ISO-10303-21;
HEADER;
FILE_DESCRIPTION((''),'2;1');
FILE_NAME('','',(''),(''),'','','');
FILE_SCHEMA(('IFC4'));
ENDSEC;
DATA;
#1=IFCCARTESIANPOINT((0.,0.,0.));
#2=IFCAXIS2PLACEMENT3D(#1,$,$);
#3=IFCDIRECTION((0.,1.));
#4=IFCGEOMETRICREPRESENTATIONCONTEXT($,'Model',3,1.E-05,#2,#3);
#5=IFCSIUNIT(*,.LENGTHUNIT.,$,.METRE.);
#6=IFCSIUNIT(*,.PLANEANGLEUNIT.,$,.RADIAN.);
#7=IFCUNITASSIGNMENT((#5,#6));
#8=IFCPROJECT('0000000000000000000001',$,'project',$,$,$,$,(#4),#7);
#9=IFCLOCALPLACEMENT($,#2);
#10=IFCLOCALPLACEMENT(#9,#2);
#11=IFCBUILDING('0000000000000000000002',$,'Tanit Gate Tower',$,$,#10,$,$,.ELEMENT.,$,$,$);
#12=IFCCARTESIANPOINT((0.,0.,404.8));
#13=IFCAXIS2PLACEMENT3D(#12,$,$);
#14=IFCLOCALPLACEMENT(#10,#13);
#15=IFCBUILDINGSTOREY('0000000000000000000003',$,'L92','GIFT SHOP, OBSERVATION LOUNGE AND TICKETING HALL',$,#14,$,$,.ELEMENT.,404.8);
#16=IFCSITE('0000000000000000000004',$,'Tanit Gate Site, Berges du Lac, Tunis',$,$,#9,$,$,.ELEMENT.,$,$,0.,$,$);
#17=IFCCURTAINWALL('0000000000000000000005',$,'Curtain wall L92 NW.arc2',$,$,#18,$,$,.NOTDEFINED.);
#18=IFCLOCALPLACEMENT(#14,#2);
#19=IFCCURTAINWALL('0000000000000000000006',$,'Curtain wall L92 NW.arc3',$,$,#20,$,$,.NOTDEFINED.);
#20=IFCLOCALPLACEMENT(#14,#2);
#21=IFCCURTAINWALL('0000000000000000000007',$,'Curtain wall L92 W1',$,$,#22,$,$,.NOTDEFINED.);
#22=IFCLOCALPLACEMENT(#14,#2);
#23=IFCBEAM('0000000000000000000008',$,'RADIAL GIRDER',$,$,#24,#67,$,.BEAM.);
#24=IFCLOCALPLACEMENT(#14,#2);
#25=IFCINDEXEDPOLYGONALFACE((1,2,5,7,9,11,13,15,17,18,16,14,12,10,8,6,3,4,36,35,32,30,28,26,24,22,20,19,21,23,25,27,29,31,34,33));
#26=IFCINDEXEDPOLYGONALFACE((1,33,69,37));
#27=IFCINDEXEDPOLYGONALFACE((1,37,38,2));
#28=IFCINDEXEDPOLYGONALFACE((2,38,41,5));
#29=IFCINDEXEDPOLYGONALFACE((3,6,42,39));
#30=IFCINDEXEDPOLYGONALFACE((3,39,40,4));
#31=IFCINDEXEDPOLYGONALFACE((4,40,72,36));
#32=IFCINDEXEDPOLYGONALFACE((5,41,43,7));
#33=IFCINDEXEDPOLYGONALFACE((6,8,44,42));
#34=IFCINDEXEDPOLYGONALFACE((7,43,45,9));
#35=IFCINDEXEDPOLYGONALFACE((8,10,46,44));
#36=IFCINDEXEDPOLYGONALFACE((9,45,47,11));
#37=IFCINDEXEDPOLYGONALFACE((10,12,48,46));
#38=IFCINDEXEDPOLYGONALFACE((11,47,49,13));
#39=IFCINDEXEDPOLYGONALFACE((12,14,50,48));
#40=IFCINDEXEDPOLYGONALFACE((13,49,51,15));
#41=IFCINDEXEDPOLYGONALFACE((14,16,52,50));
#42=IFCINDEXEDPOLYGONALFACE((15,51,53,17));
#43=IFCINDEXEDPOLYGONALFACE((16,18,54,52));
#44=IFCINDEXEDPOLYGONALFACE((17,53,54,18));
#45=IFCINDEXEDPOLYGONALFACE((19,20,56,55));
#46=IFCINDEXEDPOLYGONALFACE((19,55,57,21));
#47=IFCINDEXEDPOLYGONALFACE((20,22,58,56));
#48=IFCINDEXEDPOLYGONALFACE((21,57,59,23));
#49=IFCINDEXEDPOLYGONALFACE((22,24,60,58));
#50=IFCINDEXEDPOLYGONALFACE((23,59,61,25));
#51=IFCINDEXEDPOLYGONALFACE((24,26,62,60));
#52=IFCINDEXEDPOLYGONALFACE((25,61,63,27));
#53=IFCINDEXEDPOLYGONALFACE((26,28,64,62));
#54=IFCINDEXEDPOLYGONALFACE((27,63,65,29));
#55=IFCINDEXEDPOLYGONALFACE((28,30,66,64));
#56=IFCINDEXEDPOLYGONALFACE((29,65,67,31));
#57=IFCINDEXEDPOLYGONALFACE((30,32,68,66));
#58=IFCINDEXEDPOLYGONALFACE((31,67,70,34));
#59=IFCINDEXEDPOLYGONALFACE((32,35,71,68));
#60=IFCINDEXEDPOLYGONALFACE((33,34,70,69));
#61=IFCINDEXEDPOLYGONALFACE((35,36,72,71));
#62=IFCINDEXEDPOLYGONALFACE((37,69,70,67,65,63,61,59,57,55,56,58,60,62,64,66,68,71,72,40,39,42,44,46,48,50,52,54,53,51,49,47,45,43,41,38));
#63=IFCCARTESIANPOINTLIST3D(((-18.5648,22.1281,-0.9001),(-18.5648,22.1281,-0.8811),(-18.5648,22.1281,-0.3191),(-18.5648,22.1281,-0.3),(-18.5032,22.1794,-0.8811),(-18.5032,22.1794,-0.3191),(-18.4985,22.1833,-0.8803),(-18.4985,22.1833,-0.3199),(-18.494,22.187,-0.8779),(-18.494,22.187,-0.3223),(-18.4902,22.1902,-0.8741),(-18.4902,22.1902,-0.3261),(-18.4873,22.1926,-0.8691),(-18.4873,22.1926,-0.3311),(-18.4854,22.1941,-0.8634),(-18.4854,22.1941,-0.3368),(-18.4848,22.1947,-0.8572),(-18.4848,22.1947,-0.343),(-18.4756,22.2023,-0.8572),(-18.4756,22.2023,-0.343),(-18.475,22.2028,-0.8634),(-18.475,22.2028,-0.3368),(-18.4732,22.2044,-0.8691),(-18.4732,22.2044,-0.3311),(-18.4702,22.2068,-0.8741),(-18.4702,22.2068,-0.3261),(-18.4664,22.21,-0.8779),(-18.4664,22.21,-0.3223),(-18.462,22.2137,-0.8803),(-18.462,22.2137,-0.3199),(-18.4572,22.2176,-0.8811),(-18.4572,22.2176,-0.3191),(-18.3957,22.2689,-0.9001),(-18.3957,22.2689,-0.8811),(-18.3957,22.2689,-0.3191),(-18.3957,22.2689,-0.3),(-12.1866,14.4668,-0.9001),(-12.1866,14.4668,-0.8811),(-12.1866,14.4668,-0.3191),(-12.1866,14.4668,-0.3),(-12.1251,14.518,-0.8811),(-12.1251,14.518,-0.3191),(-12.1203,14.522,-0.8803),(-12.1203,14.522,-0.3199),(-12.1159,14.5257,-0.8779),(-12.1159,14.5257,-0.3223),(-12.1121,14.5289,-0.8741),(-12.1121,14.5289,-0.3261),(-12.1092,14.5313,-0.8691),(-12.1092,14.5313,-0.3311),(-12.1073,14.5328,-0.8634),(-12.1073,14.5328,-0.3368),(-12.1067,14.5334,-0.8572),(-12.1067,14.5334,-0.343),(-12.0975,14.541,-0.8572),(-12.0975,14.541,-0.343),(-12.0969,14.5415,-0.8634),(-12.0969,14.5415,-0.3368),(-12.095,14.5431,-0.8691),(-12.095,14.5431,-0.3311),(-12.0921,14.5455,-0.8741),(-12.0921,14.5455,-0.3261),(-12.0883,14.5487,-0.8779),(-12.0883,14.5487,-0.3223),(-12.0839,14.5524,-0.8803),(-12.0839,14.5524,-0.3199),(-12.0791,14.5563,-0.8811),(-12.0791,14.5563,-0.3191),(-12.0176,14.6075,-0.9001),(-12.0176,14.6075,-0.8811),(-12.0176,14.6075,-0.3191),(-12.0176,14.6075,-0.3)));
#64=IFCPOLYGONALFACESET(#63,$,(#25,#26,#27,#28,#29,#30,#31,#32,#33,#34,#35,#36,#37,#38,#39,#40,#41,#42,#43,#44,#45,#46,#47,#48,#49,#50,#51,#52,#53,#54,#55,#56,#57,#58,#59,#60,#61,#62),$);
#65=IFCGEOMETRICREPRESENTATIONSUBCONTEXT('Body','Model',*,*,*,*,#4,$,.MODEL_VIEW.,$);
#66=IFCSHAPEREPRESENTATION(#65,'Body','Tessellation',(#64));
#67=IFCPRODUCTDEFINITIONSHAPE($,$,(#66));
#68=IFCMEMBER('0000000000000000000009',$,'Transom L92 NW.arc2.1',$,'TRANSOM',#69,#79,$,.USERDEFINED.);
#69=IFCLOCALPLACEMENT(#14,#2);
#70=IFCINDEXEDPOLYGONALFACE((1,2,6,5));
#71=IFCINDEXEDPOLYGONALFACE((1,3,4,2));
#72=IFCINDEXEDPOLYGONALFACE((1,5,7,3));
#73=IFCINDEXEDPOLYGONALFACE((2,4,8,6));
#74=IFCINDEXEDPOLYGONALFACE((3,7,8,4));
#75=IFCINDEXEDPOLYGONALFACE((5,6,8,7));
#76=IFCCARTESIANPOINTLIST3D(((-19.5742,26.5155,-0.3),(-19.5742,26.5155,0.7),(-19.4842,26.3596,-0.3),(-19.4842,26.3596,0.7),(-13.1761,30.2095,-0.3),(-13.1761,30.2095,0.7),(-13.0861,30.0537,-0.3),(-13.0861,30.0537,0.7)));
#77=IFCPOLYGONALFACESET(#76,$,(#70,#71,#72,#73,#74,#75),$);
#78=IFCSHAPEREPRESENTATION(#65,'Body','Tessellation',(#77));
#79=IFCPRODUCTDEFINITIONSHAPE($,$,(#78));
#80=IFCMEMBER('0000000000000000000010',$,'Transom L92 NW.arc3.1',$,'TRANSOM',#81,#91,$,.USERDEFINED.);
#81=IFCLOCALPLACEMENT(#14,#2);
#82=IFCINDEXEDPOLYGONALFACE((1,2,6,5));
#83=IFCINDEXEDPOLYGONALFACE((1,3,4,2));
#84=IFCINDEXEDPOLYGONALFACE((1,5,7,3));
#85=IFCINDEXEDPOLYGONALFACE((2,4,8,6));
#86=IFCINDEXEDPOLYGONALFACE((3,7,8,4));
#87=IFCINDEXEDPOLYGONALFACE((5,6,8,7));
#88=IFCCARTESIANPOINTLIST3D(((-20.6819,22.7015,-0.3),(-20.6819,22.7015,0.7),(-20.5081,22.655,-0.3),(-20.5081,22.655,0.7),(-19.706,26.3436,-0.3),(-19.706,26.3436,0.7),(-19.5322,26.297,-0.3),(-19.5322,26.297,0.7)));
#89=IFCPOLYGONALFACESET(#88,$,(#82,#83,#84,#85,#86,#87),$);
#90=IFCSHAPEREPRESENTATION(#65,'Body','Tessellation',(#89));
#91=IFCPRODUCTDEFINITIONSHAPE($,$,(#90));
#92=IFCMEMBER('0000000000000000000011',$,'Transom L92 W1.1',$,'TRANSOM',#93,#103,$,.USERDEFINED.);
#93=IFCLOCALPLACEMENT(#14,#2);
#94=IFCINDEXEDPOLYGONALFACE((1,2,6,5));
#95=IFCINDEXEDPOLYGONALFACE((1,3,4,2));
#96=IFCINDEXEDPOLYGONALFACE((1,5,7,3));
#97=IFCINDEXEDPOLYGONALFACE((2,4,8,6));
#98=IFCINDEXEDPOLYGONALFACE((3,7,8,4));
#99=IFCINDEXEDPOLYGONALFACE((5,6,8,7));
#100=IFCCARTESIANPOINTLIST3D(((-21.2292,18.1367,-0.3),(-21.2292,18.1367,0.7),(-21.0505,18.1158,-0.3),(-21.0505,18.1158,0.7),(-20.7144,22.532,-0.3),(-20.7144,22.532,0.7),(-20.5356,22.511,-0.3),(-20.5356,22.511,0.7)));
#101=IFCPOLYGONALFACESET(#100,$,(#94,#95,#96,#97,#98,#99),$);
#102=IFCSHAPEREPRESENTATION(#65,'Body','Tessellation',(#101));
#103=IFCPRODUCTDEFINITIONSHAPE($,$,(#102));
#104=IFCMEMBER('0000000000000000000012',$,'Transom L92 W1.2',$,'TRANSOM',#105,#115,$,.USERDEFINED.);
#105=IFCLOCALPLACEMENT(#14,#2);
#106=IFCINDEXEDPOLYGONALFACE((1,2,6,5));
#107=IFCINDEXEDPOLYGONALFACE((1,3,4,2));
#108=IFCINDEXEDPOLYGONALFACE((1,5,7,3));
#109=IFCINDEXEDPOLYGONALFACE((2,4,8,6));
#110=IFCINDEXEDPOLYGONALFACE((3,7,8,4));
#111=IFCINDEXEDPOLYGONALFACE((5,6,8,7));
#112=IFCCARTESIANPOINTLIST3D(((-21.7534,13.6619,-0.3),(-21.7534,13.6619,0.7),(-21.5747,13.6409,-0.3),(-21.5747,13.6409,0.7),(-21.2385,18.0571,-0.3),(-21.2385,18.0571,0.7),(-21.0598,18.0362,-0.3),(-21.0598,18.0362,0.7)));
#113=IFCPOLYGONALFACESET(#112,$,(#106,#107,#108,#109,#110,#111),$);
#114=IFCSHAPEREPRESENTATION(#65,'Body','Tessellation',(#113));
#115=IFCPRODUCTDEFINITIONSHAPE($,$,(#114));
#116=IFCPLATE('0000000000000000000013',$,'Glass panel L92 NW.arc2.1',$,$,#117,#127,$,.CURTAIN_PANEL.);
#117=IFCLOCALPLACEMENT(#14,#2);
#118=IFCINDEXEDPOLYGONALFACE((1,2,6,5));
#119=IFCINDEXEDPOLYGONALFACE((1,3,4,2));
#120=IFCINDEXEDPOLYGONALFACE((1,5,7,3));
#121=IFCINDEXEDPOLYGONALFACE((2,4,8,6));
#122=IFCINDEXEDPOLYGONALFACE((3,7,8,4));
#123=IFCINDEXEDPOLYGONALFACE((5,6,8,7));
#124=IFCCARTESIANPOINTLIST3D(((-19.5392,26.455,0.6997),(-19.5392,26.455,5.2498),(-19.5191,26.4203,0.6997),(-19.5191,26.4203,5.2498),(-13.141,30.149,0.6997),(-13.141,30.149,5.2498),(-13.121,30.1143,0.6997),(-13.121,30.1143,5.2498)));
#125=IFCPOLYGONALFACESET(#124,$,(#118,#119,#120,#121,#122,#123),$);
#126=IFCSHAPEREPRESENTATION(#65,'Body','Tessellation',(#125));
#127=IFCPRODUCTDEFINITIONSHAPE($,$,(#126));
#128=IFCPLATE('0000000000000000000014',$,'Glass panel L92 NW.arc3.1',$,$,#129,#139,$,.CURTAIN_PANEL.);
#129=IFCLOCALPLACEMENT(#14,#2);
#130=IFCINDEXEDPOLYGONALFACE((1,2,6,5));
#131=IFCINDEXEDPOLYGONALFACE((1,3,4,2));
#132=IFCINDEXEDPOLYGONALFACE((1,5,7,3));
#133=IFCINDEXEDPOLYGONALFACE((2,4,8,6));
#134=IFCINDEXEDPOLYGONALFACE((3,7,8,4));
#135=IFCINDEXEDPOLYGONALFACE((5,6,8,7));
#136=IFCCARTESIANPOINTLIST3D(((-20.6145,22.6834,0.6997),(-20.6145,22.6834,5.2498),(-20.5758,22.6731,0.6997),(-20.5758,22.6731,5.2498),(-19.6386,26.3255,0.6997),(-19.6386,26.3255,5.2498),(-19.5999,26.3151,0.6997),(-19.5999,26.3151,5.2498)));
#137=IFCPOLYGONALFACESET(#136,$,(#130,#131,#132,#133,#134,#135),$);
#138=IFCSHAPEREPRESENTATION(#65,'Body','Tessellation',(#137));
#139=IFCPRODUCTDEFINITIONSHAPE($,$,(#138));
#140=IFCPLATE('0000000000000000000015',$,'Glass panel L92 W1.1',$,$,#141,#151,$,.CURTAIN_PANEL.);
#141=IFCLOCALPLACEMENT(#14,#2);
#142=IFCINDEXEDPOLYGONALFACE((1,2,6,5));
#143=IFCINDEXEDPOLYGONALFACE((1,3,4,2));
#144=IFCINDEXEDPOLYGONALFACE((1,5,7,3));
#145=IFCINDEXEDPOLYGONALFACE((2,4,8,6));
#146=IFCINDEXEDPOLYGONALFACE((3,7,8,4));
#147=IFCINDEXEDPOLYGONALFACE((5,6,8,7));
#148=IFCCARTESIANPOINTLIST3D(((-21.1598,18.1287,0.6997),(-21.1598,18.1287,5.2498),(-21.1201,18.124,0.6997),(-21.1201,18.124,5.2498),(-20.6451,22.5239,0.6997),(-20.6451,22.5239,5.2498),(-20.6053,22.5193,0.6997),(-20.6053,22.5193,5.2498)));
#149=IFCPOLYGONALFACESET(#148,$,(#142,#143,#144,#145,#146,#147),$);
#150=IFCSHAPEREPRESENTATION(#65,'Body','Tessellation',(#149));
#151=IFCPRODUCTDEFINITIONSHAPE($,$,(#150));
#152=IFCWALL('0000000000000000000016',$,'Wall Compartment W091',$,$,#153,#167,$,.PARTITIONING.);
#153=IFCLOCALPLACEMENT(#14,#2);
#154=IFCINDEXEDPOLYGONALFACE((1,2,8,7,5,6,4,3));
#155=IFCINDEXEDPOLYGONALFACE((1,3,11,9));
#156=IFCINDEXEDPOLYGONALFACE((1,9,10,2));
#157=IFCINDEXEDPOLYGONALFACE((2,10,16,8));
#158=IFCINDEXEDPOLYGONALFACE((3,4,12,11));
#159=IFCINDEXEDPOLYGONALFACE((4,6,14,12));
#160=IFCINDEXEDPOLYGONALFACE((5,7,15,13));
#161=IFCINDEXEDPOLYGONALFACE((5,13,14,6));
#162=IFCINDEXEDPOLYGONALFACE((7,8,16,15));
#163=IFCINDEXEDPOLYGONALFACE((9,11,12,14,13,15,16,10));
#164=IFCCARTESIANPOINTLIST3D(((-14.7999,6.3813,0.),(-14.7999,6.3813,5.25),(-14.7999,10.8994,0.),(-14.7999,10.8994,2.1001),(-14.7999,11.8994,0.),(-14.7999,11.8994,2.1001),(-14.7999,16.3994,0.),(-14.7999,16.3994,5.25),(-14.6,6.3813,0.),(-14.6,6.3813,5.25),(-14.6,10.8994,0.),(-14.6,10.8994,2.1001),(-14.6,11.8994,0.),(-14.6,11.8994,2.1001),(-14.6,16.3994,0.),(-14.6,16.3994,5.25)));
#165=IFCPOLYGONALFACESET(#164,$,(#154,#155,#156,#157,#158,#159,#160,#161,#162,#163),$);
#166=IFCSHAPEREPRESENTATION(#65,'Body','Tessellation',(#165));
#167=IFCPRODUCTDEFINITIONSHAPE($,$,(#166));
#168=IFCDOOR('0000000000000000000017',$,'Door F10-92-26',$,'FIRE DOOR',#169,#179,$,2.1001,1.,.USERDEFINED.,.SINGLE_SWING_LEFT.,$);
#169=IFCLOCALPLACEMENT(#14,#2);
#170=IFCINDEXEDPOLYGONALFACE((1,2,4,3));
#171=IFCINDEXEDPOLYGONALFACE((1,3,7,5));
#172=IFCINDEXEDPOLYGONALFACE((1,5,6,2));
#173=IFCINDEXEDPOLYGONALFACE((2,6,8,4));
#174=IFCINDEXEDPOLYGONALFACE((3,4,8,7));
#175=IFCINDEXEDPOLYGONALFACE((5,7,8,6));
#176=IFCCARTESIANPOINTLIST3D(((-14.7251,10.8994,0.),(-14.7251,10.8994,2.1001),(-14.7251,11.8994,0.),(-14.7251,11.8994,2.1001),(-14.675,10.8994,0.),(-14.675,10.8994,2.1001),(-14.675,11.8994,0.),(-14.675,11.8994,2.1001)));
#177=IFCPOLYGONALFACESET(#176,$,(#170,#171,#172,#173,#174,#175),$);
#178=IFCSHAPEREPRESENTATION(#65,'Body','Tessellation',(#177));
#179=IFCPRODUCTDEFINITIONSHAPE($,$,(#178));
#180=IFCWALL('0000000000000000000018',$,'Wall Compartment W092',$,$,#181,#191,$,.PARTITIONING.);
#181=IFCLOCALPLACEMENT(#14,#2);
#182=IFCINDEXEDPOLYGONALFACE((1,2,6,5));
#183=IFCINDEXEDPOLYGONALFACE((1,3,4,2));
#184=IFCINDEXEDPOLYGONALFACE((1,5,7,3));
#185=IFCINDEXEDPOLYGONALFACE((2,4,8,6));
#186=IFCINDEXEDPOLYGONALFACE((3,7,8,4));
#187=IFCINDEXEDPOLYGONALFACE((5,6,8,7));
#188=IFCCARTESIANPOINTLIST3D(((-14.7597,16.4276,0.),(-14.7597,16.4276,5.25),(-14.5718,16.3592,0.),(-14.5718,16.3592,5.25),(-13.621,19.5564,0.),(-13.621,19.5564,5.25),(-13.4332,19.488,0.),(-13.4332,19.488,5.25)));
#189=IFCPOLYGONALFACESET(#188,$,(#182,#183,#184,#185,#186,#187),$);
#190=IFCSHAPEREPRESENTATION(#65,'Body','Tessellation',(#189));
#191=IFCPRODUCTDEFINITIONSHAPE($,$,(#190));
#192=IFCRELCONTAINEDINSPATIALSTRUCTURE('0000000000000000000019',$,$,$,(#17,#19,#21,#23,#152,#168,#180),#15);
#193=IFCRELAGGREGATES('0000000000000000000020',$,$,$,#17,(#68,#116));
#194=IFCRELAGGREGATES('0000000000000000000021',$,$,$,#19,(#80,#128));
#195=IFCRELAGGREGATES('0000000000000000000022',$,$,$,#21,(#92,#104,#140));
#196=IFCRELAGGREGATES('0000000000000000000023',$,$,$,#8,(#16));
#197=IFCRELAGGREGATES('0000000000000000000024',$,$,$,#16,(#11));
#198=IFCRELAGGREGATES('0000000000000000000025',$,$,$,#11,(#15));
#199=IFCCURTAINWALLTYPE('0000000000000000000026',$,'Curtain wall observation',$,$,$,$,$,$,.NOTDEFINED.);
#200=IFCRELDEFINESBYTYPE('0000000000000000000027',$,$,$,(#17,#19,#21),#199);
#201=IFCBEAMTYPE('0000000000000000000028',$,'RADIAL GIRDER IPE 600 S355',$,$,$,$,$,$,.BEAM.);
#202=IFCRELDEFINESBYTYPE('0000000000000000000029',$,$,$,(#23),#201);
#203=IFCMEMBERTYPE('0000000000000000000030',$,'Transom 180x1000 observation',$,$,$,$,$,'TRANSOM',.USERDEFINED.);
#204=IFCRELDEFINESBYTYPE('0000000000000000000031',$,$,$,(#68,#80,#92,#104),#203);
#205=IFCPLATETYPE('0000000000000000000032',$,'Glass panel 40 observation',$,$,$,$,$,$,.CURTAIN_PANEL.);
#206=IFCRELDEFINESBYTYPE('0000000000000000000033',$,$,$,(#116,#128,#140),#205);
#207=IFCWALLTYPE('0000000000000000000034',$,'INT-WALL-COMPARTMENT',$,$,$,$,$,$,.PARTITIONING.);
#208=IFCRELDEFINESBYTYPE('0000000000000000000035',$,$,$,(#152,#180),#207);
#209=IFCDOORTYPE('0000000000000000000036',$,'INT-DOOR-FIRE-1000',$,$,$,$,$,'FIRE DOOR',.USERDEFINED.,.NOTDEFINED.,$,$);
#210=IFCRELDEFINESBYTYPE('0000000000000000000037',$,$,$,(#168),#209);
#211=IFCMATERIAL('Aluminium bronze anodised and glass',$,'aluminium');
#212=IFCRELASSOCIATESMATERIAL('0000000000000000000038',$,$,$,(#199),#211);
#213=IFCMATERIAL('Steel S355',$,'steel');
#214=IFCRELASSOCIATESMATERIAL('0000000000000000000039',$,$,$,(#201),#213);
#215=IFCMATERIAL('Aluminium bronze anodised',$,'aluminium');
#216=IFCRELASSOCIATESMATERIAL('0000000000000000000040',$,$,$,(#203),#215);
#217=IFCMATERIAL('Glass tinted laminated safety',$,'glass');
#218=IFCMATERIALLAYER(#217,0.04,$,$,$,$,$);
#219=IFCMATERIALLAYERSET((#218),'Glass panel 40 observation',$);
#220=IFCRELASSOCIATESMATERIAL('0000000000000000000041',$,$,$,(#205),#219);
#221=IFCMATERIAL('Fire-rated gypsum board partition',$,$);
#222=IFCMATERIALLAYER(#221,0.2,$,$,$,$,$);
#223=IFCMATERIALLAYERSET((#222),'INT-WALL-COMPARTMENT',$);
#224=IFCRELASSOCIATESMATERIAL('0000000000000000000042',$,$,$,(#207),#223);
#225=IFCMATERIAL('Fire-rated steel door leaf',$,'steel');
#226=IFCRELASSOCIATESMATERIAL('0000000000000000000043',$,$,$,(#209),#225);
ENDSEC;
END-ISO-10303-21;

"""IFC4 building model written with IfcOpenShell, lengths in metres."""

from ifc_helpers import new_model, si_unit, direction, frame, frame_2d, origin, origin_2d, place, context, subcontext, project, spatial, rectangle, i_section, extrude, material, layer, layer_set, material_profile, profile_set, type_object, element, fill, aggregate, save


model = new_model("IFC4")

# Units and contexts
model_context = context("Model", 3, precision=1e-05, world=origin(), true_north=direction((0.0, 1.0)))
body_context = subcontext(model_context, "Body", "Model", "MODEL_VIEW")
ifc_project = project(units=[si_unit("LENGTHUNIT", "METRE"), si_unit("PLANEANGLEUNIT", "RADIAN")], contexts=[model_context])

# Site, building, storey
site_placement = place(None, origin())
site = spatial("IfcSite", under=ifc_project, at=site_placement, Name="Tanit Gate Site, Berges du Lac, Tunis", CompositionType="ELEMENT", RefElevation=0.0)
building_placement = place(site_placement, origin())
building = spatial("IfcBuilding", under=site, at=building_placement, Name="Tanit Gate Tower", CompositionType="ELEMENT")
storey_placement = place(building_placement, frame((0.0, 0.0, 404.8)))
storey = spatial("IfcBuildingStorey", under=building, at=storey_placement, Name="L92", Description="GIFT SHOP, OBSERVATION LOUNGE AND TICKETING HALL", CompositionType="ELEMENT", Elevation=404.8)

# Curtain wall
ifc_material_1 = material(Name="Aluminium bronze anodised and glass", Category="aluminium")
curtain_wall_type = type_object("IfcCurtainWallType", Name="Curtain wall observation", PredefinedType="NOTDEFINED", material=ifc_material_1)
curtain_wall_1_placement = place(storey_placement, origin())
curtain_wall_1 = element("IfcCurtainWall", 1, at=curtain_wall_1_placement, inside=storey, type_object=curtain_wall_type, Name="Curtain wall L92 NW.arc2", PredefinedType="NOTDEFINED")

# Curtain walls
curtain_wall_2_placement = place(storey_placement, origin())
curtain_wall_2 = element("IfcCurtainWall", 2, at=curtain_wall_2_placement, inside=storey, type_object=curtain_wall_type, Name="Curtain wall L92 NW.arc3", PredefinedType="NOTDEFINED")
curtain_wall_3_placement = place(storey_placement, origin())
curtain_wall_3 = element("IfcCurtainWall", 3, at=curtain_wall_3_placement, inside=storey, type_object=curtain_wall_type, Name="Curtain wall L92 W1", PredefinedType="NOTDEFINED")

# Beam
ifc_material_2 = material(Name="Steel S355", Category="steel")
ifc_material_profile_1 = material_profile(ifc_material_2, i_section(OverallWidth=0.22, OverallDepth=0.6001, WebThickness=0.012, FlangeThickness=0.019, FilletRadius=0.0239, at=origin_2d()), Name="IPE 600")
ifc_profile_set_1 = profile_set([ifc_material_profile_1], Name="Steel S355")
beam_type = type_object("IfcBeamType", Name="RADIAL GIRDER IPE 600 S355", PredefinedType="BEAM", material=ifc_profile_set_1)
beam_1_placement = place(storey_placement, frame((-18.4802, 22.1985, -0.6001), z_axis=(0.639811, -0.768532, 0.0), x_axis=(0.768532, 0.639811, 0.0)))
element("IfcBeam", 4, at=beam_1_placement, inside=storey, type_object=beam_type, Name="RADIAL GIRDER", PredefinedType="BEAM", context=body_context, shape_type="SweptSolid", body=[
    extrude(i_section(OverallWidth=0.22, OverallDepth=0.6001, WebThickness=0.012, FlangeThickness=0.019, FilletRadius=0.0239, at=origin_2d()), origin(), (0.0, 0.0, 1.0), 9.9688),
])

# Members
ifc_material_3 = material(Name="Aluminium bronze anodised", Category="aluminium")
ifc_material_profile_2 = material_profile(ifc_material_3, rectangle(XDim=0.1799, YDim=1.0, at=origin_2d()), Name="180x1000 bronze transom")
ifc_profile_set_2 = profile_set([ifc_material_profile_2], Name="Aluminium bronze anodised")
member_type_1 = type_object("IfcMemberType", Name="Transom 180x1000 observation", ElementType="TRANSOM", PredefinedType="USERDEFINED", material=ifc_profile_set_2)
member_1_placement = place(storey_placement, frame((-13.1311, 30.1316, 0.2), z_axis=(-0.86602, -0.500009, 0.0), x_axis=(0.500009, -0.86602, 0.0)))
member_1 = element("IfcMember", 5, at=member_1_placement, type_object=member_type_1, Name="Transom L92 NW.arc2.1", ObjectType="TRANSOM", PredefinedType="USERDEFINED", context=body_context, shape_type="SweptSolid", body=[
    extrude(rectangle(XDim=0.1799, YDim=1.0, at=origin_2d()), origin(), (0.0, 0.0, 1.0), 7.3879),
])
member_2_placement = place(storey_placement, frame((-19.6191, 26.3203, 0.2), z_axis=(-0.258803, -0.96593, 0.0), x_axis=(0.96593, -0.258803, 0.0)))
member_2 = element("IfcMember", 6, at=member_2_placement, type_object=member_type_1, Name="Transom L92 NW.arc3.1", ObjectType="TRANSOM", PredefinedType="USERDEFINED", context=body_context, shape_type="SweptSolid", body=[
    extrude(rectangle(XDim=0.1799, YDim=1.0, at=origin_2d()), origin(), (0.0, 0.0, 1.0), 3.7705),
])
member_3_placement = place(storey_placement, frame((-20.625, 22.5215, 0.2), z_axis=(-0.116351, -0.993208, 0.0), x_axis=(0.993208, -0.116351, 0.0)))
member_3 = element("IfcMember", 7, at=member_3_placement, type_object=member_type_1, Name="Transom L92 W1.1", ObjectType="TRANSOM", PredefinedType="USERDEFINED", context=body_context, shape_type="SweptSolid", body=[
    extrude(rectangle(XDim=0.1799, YDim=1.0, at=origin_2d()), origin(), (0.0, 0.0, 1.0), 4.4253),
])
member_4_placement = place(storey_placement, frame((-21.1492, 18.0466, 0.2), z_axis=(-0.116351, -0.993208, 0.0), x_axis=(0.993208, -0.116351, 0.0)))
member_4 = element("IfcMember", 8, at=member_4_placement, type_object=member_type_1, Name="Transom L92 W1.2", ObjectType="TRANSOM", PredefinedType="USERDEFINED", context=body_context, shape_type="SweptSolid", body=[
    extrude(rectangle(XDim=0.1799, YDim=1.0, at=origin_2d()), origin(), (0.0, 0.0, 1.0), 4.4253),
])

# Plates
ifc_material_4 = material(Name="Glass tinted laminated safety", Category="glass")
ifc_layer_1 = layer(ifc_material_4, 0.04)
ifc_layer_set_1 = layer_set([ifc_layer_1], Name="Glass panel 40 observation")
plate_type = type_object("IfcPlateType", Name="Glass panel 40 observation", PredefinedType="CURTAIN_PANEL", material=ifc_layer_set_1)
plate_1_placement = place(storey_placement, frame((-16.3301, 28.2847, 0.6997), z_axis=(0.0, 0.0, 1.0), x_axis=(-0.866025, -0.5, 0.0)))
plate_1 = element("IfcPlate", 9, at=plate_1_placement, type_object=plate_type, Name="Glass panel L92 NW.arc2.1", PredefinedType="CURTAIN_PANEL", context=body_context, shape_type="SweptSolid", body=[
    extrude(rectangle(XDim=7.3879, YDim=0.04, at=origin_2d()), origin(), (0.0, 0.0, 1.0), 4.55),
])
aggregate(curtain_wall_1, [member_1, plate_1])
plate_2_placement = place(storey_placement, frame((-20.1072, 24.4993, 0.6997), z_axis=(0.0, 0.0, 1.0), x_axis=(-0.258819, -0.965926, 0.0)))
plate_2 = element("IfcPlate", 10, at=plate_2_placement, type_object=plate_type, Name="Glass panel L92 NW.arc3.1", PredefinedType="CURTAIN_PANEL", context=body_context, shape_type="SweptSolid", body=[
    extrude(rectangle(XDim=3.7705, YDim=0.04, at=origin_2d()), origin(), (0.0, 0.0, 1.0), 4.55),
])
aggregate(curtain_wall_2, [member_2, plate_2])
plate_3_placement = place(storey_placement, frame((-20.8826, 20.324, 0.6997), z_axis=(0.0, 0.0, 1.0), x_axis=(-0.116318, -0.993212, 0.0)))
plate_3 = element("IfcPlate", 11, at=plate_3_placement, type_object=plate_type, Name="Glass panel L92 W1.1", PredefinedType="CURTAIN_PANEL", context=body_context, shape_type="SweptSolid", body=[
    extrude(rectangle(XDim=4.4253, YDim=0.04, at=origin_2d()), origin(), (0.0, 0.0, 1.0), 4.55),
])
aggregate(curtain_wall_3, [member_3, member_4, plate_3])

# Wall, opening, door
ifc_material_5 = material(Name="Fire-rated gypsum board partition")
ifc_layer_2 = layer(ifc_material_5, 0.2)
ifc_layer_set_2 = layer_set([ifc_layer_2], Name="INT-WALL-COMPARTMENT")
wall_type = type_object("IfcWallType", Name="INT-WALL-COMPARTMENT", PredefinedType="PARTITIONING", material=ifc_layer_set_2)
wall_1_placement = place(storey_placement, frame((-14.7, 16.3994, 0.0), z_axis=(0.0, 0.0, 1.0), x_axis=(0.0, -1.0, 0.0)))
wall_1 = element("IfcWall", 12, at=wall_1_placement, inside=storey, type_object=wall_type, Name="Wall Compartment W091", PredefinedType="PARTITIONING", context=body_context, shape_type="SweptSolid", body=[
    extrude(rectangle(XDim=10.0181, YDim=0.2, at=frame_2d((5.009, 0.0))), origin(), (0.0, 0.0, 1.0), 5.25),
])
opening_placement = place(wall_1_placement, frame((4.5, 0.0, 0.0)))
opening = element("IfcOpeningElement", 13, at=opening_placement, cuts=wall_1, PredefinedType="OPENING", context=body_context, shape_type="SweptSolid", body=[
    extrude(rectangle(XDim=1.0, YDim=2.1001, at=frame_2d((0.5, 1.05))), frame((0.0, 0.1099, 0.0), z_axis=(0.0, -1.0, 0.0), x_axis=(1.0, 0.0, 0.0)), (0.0, 0.0, 1.0), 0.22),
])
ifc_material_6 = material(Name="Fire-rated steel door leaf", Category="steel")
door_type = type_object("IfcDoorType", Name="INT-DOOR-FIRE-1000", ElementType="FIRE DOOR", OperationType="NOTDEFINED", PredefinedType="USERDEFINED", material=ifc_material_6)
door_placement = place(opening_placement, origin())
door = element("IfcDoor", 14, at=door_placement, inside=storey, type_object=door_type, Name="Door F10-92-26", ObjectType="FIRE DOOR", OperationType="SINGLE_SWING_LEFT", OverallHeight=2.1001, OverallWidth=1.0, PredefinedType="USERDEFINED", context=body_context, shape_type="SweptSolid", body=[
    extrude(rectangle(XDim=1.0, YDim=2.1001, at=frame_2d((0.5, 1.05))), frame((0.0, 0.0249, 0.0), z_axis=(0.0, -1.0, 0.0), x_axis=(1.0, 0.0, 0.0)), (0.0, 0.0, 1.0), 0.05),
])
fill(opening, door)

# Wall
wall_2_placement = place(storey_placement, frame((-13.5271, 19.5222, 0.0), z_axis=(0.0, 0.0, 1.0), x_axis=(-0.341979, -0.939708, 0.0)))
element("IfcWall", 15, at=wall_2_placement, inside=storey, type_object=wall_type, Name="Wall Compartment W092", PredefinedType="PARTITIONING", context=body_context, shape_type="SweptSolid", body=[
    extrude(rectangle(XDim=3.3296, YDim=0.2, at=frame_2d((1.6648, 0.0))), origin(), (0.0, 0.0, 1.0), 5.25),
])

save(model, "model.ifc")
